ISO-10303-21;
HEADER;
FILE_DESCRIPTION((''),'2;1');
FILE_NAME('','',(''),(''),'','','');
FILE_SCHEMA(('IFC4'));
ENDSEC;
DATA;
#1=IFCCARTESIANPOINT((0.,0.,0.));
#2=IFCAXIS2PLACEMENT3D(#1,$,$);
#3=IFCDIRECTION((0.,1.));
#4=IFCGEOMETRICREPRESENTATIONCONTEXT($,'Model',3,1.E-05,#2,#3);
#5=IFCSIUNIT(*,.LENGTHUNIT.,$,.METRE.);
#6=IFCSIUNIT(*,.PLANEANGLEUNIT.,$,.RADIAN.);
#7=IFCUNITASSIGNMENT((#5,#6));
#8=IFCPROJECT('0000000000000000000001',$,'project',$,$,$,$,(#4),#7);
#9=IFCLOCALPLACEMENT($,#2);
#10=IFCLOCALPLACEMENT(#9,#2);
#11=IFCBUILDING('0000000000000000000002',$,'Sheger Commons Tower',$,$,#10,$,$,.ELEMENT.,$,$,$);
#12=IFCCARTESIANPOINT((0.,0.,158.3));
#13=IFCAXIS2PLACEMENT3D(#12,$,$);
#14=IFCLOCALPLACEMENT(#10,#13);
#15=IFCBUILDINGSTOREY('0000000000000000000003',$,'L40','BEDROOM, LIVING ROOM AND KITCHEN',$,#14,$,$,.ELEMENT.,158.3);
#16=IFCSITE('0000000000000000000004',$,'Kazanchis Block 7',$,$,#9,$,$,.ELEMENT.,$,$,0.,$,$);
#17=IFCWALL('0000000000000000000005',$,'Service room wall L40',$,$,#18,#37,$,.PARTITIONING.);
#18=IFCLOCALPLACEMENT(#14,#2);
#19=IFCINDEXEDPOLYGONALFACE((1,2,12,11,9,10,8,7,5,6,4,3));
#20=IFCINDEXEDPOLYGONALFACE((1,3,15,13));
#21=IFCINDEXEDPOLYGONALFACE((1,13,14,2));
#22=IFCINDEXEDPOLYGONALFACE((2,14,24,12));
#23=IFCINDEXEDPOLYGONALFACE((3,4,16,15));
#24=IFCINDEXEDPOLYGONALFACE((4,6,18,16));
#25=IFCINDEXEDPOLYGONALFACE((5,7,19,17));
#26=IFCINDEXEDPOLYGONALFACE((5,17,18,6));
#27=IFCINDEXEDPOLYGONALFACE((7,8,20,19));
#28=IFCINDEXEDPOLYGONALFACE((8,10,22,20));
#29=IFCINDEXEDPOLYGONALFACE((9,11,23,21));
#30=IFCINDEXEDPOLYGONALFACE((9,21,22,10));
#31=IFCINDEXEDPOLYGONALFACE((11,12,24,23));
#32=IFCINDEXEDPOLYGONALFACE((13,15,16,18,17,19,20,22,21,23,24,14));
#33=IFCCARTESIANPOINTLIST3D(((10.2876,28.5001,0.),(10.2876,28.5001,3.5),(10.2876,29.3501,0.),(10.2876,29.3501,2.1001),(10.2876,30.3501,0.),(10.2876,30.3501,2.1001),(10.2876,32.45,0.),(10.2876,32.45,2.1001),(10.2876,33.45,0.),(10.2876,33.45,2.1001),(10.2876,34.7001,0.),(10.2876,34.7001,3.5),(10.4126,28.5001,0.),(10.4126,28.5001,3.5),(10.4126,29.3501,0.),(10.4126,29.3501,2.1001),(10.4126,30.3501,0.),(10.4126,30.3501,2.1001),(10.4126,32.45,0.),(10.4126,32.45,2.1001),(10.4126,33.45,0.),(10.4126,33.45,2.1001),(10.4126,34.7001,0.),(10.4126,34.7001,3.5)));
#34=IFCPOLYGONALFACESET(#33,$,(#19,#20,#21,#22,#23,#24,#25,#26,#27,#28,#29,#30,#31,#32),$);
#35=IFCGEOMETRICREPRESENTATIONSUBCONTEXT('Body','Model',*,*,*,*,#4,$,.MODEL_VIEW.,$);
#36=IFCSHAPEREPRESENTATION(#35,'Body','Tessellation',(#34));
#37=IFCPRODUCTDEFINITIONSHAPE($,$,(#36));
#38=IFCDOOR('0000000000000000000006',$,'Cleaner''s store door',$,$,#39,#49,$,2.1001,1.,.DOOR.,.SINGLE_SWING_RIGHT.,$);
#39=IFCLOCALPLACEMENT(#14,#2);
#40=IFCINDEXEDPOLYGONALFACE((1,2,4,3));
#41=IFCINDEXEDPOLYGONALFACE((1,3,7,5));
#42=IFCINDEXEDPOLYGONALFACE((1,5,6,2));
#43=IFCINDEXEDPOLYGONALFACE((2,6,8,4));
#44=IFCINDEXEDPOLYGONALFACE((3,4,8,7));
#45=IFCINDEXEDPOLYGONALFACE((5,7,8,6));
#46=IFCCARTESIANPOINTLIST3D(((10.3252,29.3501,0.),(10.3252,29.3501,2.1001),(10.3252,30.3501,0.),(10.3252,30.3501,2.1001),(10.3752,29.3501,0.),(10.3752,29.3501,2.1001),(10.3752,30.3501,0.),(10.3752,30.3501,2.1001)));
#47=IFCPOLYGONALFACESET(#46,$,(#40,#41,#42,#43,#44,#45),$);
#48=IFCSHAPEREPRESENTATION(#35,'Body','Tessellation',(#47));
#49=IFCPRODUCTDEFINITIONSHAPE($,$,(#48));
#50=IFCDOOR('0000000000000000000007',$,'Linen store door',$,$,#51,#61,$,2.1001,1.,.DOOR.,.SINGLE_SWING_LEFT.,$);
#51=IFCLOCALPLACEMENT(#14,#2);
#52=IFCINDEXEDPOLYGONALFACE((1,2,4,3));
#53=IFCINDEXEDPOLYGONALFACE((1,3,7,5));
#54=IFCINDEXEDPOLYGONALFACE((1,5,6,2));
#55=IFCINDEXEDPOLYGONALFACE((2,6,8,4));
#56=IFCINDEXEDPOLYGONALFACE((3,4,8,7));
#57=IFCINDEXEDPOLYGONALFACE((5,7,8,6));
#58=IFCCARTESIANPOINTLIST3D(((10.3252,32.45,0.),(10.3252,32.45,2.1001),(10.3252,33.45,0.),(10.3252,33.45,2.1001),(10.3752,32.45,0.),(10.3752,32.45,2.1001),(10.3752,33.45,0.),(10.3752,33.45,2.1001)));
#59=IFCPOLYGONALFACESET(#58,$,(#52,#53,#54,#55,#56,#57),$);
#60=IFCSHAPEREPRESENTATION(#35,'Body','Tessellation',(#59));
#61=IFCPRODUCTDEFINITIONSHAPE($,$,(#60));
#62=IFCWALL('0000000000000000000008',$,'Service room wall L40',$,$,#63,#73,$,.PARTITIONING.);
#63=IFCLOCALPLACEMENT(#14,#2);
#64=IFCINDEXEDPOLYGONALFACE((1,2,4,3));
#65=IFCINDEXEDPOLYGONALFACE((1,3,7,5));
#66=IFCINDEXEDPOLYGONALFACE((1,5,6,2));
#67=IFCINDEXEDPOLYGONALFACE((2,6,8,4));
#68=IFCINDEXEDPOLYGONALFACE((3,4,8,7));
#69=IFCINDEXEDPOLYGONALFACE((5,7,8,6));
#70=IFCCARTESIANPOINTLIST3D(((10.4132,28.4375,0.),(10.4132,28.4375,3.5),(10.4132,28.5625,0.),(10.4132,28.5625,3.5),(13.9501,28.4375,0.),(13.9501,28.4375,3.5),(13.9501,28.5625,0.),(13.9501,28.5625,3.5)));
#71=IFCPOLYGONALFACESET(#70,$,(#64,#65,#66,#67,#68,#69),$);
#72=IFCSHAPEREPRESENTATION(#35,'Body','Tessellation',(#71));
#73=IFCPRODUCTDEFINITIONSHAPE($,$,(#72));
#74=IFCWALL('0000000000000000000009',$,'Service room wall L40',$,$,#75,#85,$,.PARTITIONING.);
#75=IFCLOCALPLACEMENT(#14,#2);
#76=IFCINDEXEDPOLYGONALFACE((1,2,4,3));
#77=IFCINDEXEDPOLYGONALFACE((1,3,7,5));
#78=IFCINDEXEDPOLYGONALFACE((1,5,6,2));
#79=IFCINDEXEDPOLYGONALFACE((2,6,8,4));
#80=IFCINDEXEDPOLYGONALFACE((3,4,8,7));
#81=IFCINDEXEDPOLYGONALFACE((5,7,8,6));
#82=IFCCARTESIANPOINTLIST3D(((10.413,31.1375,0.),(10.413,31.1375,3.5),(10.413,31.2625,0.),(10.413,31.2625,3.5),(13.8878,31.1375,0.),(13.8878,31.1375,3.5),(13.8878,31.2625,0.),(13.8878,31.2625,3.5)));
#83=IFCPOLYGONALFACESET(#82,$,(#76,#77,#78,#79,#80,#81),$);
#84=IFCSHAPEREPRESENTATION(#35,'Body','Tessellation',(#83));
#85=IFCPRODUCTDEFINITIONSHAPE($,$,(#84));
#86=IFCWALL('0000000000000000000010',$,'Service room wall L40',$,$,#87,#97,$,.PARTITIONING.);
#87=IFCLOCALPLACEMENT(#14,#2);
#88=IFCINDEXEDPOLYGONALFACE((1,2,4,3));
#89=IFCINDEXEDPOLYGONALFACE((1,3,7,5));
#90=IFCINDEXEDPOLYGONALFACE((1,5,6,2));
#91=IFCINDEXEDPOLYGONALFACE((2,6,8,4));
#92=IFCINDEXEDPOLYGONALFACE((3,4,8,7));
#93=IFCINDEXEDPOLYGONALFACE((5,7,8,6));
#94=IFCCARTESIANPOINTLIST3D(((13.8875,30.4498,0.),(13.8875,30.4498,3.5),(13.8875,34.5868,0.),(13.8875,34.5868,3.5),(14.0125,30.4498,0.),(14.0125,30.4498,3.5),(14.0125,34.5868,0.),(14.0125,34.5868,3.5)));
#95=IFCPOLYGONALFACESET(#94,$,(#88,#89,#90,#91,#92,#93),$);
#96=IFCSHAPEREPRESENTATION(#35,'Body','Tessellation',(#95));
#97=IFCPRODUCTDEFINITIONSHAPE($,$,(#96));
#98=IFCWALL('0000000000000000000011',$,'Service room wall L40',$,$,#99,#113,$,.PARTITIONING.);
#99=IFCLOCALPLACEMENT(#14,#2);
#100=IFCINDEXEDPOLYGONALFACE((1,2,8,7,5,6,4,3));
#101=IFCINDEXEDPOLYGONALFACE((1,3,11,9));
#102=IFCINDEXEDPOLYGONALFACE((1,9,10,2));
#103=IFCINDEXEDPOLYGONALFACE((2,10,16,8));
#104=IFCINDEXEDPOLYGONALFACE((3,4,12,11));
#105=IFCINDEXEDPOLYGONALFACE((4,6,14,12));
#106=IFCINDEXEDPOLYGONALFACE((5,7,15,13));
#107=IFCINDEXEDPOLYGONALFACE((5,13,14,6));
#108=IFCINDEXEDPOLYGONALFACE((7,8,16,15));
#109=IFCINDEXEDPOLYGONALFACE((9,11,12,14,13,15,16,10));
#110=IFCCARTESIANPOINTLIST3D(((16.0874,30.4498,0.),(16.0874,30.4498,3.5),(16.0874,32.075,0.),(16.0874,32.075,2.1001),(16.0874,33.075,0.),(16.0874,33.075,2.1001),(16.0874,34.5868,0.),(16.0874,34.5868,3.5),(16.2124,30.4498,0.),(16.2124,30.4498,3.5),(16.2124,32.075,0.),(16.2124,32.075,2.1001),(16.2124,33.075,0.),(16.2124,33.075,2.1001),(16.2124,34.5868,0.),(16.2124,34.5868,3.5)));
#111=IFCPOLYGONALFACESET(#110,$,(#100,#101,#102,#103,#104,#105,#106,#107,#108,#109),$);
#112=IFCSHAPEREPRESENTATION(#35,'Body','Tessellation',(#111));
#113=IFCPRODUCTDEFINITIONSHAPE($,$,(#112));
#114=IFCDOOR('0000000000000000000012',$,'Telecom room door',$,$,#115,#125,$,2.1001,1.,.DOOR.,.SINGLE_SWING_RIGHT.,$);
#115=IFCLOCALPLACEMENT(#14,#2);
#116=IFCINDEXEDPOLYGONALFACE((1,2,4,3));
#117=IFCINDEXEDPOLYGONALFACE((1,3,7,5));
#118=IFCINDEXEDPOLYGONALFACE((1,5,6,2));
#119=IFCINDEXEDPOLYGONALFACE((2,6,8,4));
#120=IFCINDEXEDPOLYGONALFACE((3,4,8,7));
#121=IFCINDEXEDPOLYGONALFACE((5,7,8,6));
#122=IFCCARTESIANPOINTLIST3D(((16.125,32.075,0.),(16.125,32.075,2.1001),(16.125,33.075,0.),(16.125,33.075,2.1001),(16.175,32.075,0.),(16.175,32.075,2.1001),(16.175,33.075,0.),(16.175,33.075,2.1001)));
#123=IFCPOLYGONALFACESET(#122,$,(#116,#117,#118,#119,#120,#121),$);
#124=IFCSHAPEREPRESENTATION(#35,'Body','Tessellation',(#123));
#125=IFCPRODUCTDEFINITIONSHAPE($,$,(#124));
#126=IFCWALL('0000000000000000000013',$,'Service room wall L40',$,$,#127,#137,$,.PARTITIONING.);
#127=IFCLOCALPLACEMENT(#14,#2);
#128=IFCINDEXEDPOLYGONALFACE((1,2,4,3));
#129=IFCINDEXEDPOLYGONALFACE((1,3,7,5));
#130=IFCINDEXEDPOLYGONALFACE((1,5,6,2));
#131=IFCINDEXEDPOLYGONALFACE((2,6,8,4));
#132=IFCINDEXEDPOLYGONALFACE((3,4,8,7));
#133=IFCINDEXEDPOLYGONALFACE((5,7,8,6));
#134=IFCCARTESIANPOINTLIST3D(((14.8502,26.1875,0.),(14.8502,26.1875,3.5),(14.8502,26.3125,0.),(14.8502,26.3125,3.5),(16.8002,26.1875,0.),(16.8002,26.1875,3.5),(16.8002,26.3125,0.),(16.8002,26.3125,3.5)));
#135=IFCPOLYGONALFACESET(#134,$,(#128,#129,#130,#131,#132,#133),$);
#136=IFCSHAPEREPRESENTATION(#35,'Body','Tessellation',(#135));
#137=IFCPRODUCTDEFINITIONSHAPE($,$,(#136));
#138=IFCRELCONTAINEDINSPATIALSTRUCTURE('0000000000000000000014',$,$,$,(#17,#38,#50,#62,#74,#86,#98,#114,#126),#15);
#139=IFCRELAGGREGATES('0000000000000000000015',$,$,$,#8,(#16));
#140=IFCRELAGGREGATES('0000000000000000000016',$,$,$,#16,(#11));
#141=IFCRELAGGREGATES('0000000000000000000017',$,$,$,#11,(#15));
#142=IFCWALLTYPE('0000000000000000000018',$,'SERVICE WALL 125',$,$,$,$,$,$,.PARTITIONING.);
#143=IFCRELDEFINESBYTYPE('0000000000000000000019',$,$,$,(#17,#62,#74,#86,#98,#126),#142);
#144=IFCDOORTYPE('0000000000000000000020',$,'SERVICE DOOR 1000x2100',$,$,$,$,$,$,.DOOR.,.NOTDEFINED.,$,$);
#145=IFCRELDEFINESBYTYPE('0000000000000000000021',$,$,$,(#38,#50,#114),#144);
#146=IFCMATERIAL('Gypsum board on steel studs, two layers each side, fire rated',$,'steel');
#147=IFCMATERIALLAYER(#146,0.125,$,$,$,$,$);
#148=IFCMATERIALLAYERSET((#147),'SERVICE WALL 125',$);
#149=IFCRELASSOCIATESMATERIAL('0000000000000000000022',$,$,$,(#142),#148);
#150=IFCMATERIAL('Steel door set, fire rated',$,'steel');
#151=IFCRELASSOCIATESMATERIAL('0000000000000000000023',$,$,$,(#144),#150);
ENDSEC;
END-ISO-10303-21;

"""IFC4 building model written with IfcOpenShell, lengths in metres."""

from ifc_helpers import new_model, si_unit, direction, frame, frame_2d, origin, place, context, subcontext, project, spatial, rectangle, extrude, material, layer, layer_set, type_object, element, fill, save


model = new_model("IFC4")

# Units and contexts
model_context = context("Model", 3, precision=1e-05, world=origin(), true_north=direction((0.0, 1.0)))
body_context = subcontext(model_context, "Body", "Model", "MODEL_VIEW")
ifc_project = project(units=[si_unit("LENGTHUNIT", "METRE"), si_unit("PLANEANGLEUNIT", "RADIAN")], contexts=[model_context])

# Site, building, storey
site_placement = place(None, origin())
site = spatial("IfcSite", under=ifc_project, at=site_placement, Name="Kazanchis Block 7", CompositionType="ELEMENT", RefElevation=0.0)
building_placement = place(site_placement, origin())
building = spatial("IfcBuilding", under=site, at=building_placement, Name="Sheger Commons Tower", CompositionType="ELEMENT")
storey_placement = place(building_placement, frame((0.0, 0.0, 158.3)))
storey = spatial("IfcBuildingStorey", under=building, at=storey_placement, Name="L40", Description="BEDROOM, LIVING ROOM AND KITCHEN", CompositionType="ELEMENT", Elevation=158.3)

# Wall, openings, doors
ifc_material_1 = material(Name="Gypsum board on steel studs, two layers each side, fire rated", Category="steel")
ifc_layer_1 = layer(ifc_material_1, 0.125)
ifc_layer_set_1 = layer_set([ifc_layer_1], Name="SERVICE WALL 125")
wall_type_1 = type_object("IfcWallType", Name="SERVICE WALL 125", PredefinedType="PARTITIONING", material=ifc_layer_set_1)
wall_1_placement = place(storey_placement, frame((10.3501, 28.5, 0.0), z_axis=(0.0, 0.0, 1.0), x_axis=(0.0, 1.0, 0.0)))
wall_1 = element("IfcWall", 1, at=wall_1_placement, inside=storey, type_object=wall_type_1, Name="Service room wall L40", PredefinedType="PARTITIONING", context=body_context, shape_type="SweptSolid", body=[
    extrude(rectangle(XDim=6.2, YDim=0.125, at=frame_2d((3.1001, 0.0))), origin(), (0.0, 0.0, 1.0), 3.5),
])
opening_1_placement = place(wall_1_placement, frame((0.8501, 0.0, 0.0)))
opening_1 = element("IfcOpeningElement", 2, at=opening_1_placement, cuts=wall_1, PredefinedType="OPENING", context=body_context, shape_type="SweptSolid", body=[
    extrude(rectangle(XDim=1.0, YDim=2.1001, at=frame_2d((0.5, 1.05))), frame((0.0, 0.0725, 0.0), z_axis=(0.0, -1.0, 0.0), x_axis=(1.0, 0.0, 0.0)), (0.0, 0.0, 1.0), 0.145),
])
opening_2_placement = place(wall_1_placement, frame((3.95, 0.0, 0.0)))
opening_2 = element("IfcOpeningElement", 3, at=opening_2_placement, cuts=wall_1, PredefinedType="OPENING", context=body_context, shape_type="SweptSolid", body=[
    extrude(rectangle(XDim=1.0, YDim=2.1001, at=frame_2d((0.5, 1.05))), frame((0.0, 0.0725, 0.0), z_axis=(0.0, -1.0, 0.0), x_axis=(1.0, 0.0, 0.0)), (0.0, 0.0, 1.0), 0.145),
])
ifc_material_2 = material(Name="Steel door set, fire rated", Category="steel")
door_type_1 = type_object("IfcDoorType", Name="SERVICE DOOR 1000x2100", OperationType="NOTDEFINED", PredefinedType="DOOR", material=ifc_material_2)
door_1_placement = place(opening_1_placement, origin())
door_1 = element("IfcDoor", 4, at=door_1_placement, inside=storey, type_object=door_type_1, Name="Cleaner's store door", OperationType="SINGLE_SWING_RIGHT", OverallHeight=2.1001, OverallWidth=1.0, PredefinedType="DOOR", context=body_context, shape_type="SweptSolid", body=[
    extrude(rectangle(XDim=1.0, YDim=2.1001, at=frame_2d((0.5, 1.05))), frame((0.0, 0.0249, 0.0), z_axis=(0.0, -1.0, 0.0), x_axis=(1.0, 0.0, 0.0)), (0.0, 0.0, 1.0), 0.05),
])
fill(opening_1, door_1)
door_2_placement = place(opening_2_placement, origin())
door_2 = element("IfcDoor", 5, at=door_2_placement, inside=storey, type_object=door_type_1, Name="Linen store door", OperationType="SINGLE_SWING_LEFT", OverallHeight=2.1001, OverallWidth=1.0, PredefinedType="DOOR", context=body_context, shape_type="SweptSolid", body=[
    extrude(rectangle(XDim=1.0, YDim=2.1001, at=frame_2d((0.5, 1.05))), frame((0.0, 0.0249, 0.0), z_axis=(0.0, -1.0, 0.0), x_axis=(1.0, 0.0, 0.0)), (0.0, 0.0, 1.0), 0.05),
])
fill(opening_2, door_2)

# Walls
wall_2_placement = place(storey_placement, frame((10.4131, 28.5, 0.0), z_axis=(0.0, 0.0, 1.0), x_axis=(1.0, 0.0, 0.0)))
element("IfcWall", 6, at=wall_2_placement, inside=storey, type_object=wall_type_1, Name="Service room wall L40", PredefinedType="PARTITIONING", context=body_context, shape_type="SweptSolid", body=[
    extrude(rectangle(XDim=3.5369, YDim=0.125, at=frame_2d((1.7686, 0.0))), origin(), (0.0, 0.0, 1.0), 3.5),
])
wall_3_placement = place(storey_placement, frame((10.4131, 31.2, 0.0), z_axis=(0.0, 0.0, 1.0), x_axis=(1.0, 0.0, 0.0)))
element("IfcWall", 7, at=wall_3_placement, inside=storey, type_object=wall_type_1, Name="Service room wall L40", PredefinedType="PARTITIONING", context=body_context, shape_type="SweptSolid", body=[
    extrude(rectangle(XDim=3.4749, YDim=0.125, at=frame_2d((1.7373, 0.0))), origin(), (0.0, 0.0, 1.0), 3.5),
])
wall_4_placement = place(storey_placement, frame((13.95, 30.45, 0.0), z_axis=(0.0, 0.0, 1.0), x_axis=(0.0, 1.0, 0.0)))
element("IfcWall", 8, at=wall_4_placement, inside=storey, type_object=wall_type_1, Name="Service room wall L40", PredefinedType="PARTITIONING", context=body_context, shape_type="SweptSolid", body=[
    extrude(rectangle(XDim=4.137, YDim=0.125, at=frame_2d((2.0684, 0.0))), origin(), (0.0, 0.0, 1.0), 3.5),
])

# Wall, opening, door
wall_5_placement = place(storey_placement, frame((16.1499, 30.45, 0.0), z_axis=(0.0, 0.0, 1.0), x_axis=(0.0, 1.0, 0.0)))
wall_5 = element("IfcWall", 9, at=wall_5_placement, inside=storey, type_object=wall_type_1, Name="Service room wall L40", PredefinedType="PARTITIONING", context=body_context, shape_type="SweptSolid", body=[
    extrude(rectangle(XDim=4.137, YDim=0.125, at=frame_2d((2.0684, 0.0))), origin(), (0.0, 0.0, 1.0), 3.5),
])
opening_3_placement = place(wall_5_placement, frame((1.625, 0.0, 0.0)))
opening_3 = element("IfcOpeningElement", 10, at=opening_3_placement, cuts=wall_5, PredefinedType="OPENING", context=body_context, shape_type="SweptSolid", body=[
    extrude(rectangle(XDim=1.0, YDim=2.1001, at=frame_2d((0.5, 1.05))), frame((0.0, 0.0725, 0.0), z_axis=(0.0, -1.0, 0.0), x_axis=(1.0, 0.0, 0.0)), (0.0, 0.0, 1.0), 0.145),
])
door_3_placement = place(opening_3_placement, origin())
door_3 = element("IfcDoor", 11, at=door_3_placement, inside=storey, type_object=door_type_1, Name="Telecom room door", OperationType="SINGLE_SWING_RIGHT", OverallHeight=2.1001, OverallWidth=1.0, PredefinedType="DOOR", context=body_context, shape_type="SweptSolid", body=[
    extrude(rectangle(XDim=1.0, YDim=2.1001, at=frame_2d((0.5, 1.05))), frame((0.0, 0.0249, 0.0), z_axis=(0.0, -1.0, 0.0), x_axis=(1.0, 0.0, 0.0)), (0.0, 0.0, 1.0), 0.05),
])
fill(opening_3, door_3)

# Wall
wall_6_placement = place(storey_placement, frame((14.8501, 26.25, 0.0), z_axis=(0.0, 0.0, 1.0), x_axis=(1.0, 0.0, 0.0)))
element("IfcWall", 12, at=wall_6_placement, inside=storey, type_object=wall_type_1, Name="Service room wall L40", PredefinedType="PARTITIONING", context=body_context, shape_type="SweptSolid", body=[
    extrude(rectangle(XDim=1.95, YDim=0.125, at=frame_2d((0.9751, 0.0))), origin(), (0.0, 0.0, 1.0), 3.5),
])

save(model, "model.ifc")
